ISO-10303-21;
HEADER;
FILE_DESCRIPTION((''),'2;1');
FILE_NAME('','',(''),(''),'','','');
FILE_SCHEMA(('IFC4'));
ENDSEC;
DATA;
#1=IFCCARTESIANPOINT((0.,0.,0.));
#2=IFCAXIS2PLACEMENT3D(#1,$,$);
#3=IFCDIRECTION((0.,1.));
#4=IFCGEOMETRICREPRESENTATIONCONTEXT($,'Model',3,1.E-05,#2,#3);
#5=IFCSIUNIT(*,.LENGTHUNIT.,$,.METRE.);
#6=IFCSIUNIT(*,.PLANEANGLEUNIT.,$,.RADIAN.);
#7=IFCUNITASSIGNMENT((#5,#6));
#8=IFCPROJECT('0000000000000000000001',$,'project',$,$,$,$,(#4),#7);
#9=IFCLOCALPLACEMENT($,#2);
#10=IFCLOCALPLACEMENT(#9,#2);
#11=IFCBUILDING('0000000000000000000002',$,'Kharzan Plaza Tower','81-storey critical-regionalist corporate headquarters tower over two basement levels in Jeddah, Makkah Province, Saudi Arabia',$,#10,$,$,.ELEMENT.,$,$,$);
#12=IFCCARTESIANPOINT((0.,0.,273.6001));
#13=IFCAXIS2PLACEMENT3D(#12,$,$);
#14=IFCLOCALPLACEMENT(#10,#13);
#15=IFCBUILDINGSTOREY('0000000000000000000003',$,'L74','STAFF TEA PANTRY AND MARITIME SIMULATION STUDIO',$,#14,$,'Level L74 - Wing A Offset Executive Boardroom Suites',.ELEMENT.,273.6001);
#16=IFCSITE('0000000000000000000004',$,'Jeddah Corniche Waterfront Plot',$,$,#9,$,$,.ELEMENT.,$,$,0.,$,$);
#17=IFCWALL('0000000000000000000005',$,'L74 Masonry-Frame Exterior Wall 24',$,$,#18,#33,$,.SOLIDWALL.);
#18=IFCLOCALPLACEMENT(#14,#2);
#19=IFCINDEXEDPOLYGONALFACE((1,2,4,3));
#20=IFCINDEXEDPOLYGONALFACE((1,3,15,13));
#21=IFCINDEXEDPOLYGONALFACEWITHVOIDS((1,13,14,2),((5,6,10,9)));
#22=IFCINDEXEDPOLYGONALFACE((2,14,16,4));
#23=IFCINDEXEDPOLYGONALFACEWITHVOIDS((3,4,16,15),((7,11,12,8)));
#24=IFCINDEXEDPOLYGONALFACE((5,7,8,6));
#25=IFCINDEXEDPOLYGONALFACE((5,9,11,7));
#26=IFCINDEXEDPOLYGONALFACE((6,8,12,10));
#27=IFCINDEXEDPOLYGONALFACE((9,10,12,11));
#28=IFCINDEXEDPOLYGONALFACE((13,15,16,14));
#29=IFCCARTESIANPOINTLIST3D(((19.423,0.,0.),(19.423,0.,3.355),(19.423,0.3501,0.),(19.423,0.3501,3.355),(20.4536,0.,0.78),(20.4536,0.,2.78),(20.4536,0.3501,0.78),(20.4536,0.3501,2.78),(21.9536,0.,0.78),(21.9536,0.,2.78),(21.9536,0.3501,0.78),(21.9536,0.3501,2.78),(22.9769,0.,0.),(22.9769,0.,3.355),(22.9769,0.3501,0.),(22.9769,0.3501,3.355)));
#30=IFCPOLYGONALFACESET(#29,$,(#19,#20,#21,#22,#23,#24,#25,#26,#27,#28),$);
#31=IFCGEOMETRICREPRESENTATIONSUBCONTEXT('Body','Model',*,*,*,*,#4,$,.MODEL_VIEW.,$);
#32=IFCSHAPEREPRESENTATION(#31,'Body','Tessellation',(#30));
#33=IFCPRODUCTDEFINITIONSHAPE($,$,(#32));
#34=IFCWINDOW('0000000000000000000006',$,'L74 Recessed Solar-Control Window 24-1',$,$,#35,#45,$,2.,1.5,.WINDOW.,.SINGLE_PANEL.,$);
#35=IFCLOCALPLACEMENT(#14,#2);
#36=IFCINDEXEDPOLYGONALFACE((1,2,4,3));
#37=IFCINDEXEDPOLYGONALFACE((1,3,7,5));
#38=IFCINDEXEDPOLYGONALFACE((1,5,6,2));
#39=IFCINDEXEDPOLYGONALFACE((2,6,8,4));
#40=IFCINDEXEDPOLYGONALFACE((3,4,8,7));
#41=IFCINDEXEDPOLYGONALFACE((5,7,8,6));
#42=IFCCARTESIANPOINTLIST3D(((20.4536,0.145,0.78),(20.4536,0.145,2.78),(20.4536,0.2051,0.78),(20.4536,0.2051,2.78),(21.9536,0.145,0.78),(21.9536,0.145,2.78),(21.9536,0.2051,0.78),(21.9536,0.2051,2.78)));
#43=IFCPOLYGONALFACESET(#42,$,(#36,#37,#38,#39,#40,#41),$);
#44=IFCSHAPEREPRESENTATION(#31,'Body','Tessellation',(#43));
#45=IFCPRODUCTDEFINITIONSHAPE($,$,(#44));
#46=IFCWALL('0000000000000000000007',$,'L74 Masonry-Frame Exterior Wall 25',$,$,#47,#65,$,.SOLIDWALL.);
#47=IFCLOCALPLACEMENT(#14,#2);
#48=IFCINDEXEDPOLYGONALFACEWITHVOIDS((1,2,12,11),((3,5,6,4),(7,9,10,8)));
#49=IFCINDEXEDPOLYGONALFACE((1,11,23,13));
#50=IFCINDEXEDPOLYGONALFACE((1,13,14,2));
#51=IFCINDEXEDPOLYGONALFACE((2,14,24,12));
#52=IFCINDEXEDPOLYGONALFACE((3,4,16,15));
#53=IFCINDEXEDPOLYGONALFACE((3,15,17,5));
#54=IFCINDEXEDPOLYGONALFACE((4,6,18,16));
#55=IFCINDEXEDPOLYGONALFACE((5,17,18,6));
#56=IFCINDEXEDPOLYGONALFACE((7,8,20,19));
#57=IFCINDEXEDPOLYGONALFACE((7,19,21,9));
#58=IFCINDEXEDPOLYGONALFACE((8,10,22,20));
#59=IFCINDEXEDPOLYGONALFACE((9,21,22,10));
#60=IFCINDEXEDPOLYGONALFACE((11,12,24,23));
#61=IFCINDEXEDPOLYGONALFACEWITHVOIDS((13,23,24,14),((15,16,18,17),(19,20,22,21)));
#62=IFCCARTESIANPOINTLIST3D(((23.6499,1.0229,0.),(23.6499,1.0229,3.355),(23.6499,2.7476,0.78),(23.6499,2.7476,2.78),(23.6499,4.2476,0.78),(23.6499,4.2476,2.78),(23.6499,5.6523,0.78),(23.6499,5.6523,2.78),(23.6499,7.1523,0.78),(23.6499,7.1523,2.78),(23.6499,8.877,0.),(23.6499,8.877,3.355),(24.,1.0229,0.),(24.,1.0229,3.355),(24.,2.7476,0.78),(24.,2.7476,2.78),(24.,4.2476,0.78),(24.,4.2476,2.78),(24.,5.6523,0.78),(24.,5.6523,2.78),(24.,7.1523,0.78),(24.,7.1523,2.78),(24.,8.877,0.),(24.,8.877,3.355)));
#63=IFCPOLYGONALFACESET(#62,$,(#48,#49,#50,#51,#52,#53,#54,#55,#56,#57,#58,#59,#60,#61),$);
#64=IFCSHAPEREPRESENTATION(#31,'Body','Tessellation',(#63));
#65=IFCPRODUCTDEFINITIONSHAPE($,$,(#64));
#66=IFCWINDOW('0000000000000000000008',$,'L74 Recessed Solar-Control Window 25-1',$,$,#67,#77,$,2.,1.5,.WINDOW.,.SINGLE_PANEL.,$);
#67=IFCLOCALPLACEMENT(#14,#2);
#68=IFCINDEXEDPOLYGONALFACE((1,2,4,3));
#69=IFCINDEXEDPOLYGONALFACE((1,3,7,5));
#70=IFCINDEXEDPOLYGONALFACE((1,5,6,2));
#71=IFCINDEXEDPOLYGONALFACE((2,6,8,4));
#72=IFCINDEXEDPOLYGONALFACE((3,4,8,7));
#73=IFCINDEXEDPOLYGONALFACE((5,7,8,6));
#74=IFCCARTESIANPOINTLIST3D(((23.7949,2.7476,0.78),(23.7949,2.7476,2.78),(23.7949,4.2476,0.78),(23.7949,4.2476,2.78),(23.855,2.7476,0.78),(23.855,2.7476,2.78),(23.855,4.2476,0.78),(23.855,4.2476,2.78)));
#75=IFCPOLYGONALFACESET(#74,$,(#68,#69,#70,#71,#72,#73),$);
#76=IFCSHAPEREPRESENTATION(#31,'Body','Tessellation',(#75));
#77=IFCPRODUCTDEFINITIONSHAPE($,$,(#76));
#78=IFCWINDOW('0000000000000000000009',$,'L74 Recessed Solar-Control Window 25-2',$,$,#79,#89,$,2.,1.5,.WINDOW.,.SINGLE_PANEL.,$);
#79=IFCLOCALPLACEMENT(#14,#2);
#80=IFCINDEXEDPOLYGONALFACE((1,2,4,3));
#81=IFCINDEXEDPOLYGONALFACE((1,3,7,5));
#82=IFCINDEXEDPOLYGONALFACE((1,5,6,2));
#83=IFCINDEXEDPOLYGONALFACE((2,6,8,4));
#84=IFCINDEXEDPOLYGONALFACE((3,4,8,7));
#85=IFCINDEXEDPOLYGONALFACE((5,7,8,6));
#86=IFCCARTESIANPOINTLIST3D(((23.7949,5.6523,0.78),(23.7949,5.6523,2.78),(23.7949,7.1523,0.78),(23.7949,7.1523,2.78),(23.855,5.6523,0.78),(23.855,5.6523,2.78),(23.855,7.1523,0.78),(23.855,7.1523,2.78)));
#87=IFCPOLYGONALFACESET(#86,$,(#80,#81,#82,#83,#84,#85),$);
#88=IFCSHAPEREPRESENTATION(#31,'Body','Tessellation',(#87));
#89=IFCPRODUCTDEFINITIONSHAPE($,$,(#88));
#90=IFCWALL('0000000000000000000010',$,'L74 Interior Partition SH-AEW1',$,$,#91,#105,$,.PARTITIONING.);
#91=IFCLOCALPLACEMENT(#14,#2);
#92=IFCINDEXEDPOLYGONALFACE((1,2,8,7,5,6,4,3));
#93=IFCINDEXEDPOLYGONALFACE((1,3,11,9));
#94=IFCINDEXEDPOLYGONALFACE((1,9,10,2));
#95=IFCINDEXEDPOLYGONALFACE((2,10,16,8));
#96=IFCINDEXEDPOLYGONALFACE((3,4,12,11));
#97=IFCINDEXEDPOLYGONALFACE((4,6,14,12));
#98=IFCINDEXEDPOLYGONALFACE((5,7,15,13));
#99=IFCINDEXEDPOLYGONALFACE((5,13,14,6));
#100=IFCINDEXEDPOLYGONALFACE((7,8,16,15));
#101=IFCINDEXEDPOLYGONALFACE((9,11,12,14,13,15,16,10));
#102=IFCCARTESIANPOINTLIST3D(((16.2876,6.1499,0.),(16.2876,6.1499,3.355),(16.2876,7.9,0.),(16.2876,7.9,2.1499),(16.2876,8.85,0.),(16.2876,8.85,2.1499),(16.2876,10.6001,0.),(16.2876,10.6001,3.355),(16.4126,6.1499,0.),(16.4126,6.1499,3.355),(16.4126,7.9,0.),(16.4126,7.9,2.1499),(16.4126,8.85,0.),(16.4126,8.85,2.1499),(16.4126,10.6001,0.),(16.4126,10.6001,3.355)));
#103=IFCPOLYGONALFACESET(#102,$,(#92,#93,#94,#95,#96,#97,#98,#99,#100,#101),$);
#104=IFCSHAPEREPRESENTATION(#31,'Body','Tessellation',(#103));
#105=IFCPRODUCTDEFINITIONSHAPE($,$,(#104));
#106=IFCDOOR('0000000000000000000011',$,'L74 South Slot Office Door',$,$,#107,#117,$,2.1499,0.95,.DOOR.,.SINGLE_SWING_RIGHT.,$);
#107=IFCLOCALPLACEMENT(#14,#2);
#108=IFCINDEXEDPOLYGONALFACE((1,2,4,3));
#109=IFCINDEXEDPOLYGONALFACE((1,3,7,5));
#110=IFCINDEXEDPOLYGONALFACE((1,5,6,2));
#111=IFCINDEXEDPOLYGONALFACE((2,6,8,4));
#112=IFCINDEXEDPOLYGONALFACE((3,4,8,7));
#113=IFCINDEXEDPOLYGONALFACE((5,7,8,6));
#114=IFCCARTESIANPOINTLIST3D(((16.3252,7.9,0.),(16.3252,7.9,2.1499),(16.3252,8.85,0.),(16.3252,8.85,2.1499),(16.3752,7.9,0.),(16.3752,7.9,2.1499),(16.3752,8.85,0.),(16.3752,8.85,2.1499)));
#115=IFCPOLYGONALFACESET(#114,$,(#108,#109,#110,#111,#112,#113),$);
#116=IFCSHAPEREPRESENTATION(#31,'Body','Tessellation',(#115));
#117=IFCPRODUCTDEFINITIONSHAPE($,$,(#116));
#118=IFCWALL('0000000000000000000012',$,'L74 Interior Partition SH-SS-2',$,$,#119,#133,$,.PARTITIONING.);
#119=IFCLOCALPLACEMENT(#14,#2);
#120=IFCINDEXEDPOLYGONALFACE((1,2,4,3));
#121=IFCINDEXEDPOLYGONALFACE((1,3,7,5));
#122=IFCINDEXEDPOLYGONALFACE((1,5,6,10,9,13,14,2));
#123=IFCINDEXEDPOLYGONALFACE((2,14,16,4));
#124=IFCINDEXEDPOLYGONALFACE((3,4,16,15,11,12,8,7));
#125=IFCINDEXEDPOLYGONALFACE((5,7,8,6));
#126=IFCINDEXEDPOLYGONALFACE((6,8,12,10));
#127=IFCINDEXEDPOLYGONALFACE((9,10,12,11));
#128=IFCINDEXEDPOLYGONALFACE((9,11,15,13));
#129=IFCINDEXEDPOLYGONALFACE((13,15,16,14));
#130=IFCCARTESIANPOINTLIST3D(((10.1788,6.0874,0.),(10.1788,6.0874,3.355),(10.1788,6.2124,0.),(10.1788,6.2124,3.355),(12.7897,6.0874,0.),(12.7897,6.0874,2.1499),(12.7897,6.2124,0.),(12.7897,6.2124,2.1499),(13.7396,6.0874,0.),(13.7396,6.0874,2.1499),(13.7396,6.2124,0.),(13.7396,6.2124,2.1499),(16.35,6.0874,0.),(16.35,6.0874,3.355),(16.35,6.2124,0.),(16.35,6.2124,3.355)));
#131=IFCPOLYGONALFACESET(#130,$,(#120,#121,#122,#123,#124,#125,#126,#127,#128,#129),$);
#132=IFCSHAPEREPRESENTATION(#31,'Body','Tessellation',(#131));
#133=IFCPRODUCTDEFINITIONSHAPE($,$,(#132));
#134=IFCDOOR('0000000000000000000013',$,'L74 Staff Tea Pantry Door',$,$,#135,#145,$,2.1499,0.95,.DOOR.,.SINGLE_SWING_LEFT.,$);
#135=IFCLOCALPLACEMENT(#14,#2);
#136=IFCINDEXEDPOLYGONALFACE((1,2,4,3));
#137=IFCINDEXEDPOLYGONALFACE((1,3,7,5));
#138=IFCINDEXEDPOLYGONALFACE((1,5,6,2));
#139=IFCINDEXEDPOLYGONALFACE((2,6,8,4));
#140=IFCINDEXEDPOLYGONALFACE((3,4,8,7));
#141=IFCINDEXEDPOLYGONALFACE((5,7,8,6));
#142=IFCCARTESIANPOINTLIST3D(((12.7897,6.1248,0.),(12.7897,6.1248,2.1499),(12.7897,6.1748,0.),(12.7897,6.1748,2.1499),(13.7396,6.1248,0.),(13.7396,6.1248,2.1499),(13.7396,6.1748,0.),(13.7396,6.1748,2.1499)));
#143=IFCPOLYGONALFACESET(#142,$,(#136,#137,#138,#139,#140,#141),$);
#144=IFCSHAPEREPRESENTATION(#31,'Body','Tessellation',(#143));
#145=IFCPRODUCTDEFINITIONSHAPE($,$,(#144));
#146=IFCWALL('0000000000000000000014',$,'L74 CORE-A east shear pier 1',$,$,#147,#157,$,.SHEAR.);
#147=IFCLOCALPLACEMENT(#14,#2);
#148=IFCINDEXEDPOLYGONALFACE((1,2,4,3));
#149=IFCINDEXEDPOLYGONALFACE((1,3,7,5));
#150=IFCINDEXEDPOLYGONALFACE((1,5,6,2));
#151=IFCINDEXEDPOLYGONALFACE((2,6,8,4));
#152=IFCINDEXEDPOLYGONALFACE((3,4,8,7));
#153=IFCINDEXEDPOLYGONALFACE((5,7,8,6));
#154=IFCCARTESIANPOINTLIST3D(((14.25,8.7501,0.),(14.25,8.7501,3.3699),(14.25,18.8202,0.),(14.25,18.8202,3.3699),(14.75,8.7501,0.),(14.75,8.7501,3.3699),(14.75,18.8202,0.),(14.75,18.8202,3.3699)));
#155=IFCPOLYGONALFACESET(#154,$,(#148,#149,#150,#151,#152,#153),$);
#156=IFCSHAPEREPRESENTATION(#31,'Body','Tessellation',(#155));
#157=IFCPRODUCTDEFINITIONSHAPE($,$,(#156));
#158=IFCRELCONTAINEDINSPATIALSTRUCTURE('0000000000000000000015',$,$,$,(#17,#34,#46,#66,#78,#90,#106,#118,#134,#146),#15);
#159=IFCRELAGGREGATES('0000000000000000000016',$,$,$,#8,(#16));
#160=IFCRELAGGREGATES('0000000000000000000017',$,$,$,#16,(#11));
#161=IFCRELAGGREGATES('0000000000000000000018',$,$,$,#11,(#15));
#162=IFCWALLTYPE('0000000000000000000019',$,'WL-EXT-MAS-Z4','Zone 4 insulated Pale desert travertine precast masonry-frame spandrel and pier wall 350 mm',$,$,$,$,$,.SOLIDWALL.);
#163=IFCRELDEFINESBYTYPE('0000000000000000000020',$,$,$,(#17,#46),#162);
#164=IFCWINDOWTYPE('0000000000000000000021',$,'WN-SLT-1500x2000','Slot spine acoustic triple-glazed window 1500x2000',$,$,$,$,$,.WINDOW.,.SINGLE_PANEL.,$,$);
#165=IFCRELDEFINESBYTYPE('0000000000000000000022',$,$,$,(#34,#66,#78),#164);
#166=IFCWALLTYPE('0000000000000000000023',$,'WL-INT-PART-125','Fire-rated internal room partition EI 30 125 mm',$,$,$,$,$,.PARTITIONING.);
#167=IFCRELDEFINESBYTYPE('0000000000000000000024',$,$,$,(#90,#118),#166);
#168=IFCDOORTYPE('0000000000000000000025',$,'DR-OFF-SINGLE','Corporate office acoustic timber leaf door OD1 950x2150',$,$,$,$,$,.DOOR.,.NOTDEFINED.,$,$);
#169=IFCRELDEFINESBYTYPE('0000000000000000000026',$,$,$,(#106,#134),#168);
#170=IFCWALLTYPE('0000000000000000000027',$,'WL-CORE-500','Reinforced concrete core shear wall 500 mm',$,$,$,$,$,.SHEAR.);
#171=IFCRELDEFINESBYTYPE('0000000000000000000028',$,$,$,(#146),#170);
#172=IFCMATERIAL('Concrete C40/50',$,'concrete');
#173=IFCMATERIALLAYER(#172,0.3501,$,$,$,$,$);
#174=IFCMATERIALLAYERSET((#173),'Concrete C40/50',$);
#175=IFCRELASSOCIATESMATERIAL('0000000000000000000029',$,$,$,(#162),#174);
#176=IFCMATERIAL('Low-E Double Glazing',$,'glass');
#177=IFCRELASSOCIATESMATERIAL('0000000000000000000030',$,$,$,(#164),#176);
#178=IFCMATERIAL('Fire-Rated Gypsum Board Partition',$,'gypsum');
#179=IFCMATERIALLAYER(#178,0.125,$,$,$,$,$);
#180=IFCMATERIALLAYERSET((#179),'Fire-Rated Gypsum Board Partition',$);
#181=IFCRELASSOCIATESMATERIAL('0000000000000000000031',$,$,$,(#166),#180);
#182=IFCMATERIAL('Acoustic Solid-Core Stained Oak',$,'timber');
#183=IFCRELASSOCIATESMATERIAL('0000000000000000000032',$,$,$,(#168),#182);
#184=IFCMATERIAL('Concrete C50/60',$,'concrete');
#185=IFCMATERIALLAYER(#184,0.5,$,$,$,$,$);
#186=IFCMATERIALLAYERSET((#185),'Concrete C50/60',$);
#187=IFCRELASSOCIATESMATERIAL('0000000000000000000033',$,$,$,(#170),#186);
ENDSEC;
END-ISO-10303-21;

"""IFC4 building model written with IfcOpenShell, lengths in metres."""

from ifc_helpers import new_model, si_unit, direction, frame, frame_2d, origin, place, context, subcontext, project, spatial, rectangle, extrude, source, transform, mapped, material, layer, layer_set, type_object, element, fill, save


model = new_model("IFC4")

# Units and contexts
model_context = context("Model", 3, precision=1e-05, world=origin(), true_north=direction((0.0, 1.0)))
body_context = subcontext(model_context, "Body", "Model", "MODEL_VIEW")
ifc_project = project(units=[si_unit("LENGTHUNIT", "METRE"), si_unit("PLANEANGLEUNIT", "RADIAN")], contexts=[model_context])

# Site, building, storey
site_placement = place(None, origin())
site = spatial("IfcSite", under=ifc_project, at=site_placement, Name="Jeddah Corniche Waterfront Plot", CompositionType="ELEMENT", RefElevation=0.0)
building_placement = place(site_placement, origin())
building = spatial("IfcBuilding", under=site, at=building_placement, Name="Kharzan Plaza Tower", Description="81-storey critical-regionalist corporate headquarters tower over two basement levels in Jeddah, Makkah Province, Saudi Arabia", CompositionType="ELEMENT")
storey_placement = place(building_placement, frame((0.0, 0.0, 273.6001)))
storey = spatial("IfcBuildingStorey", under=building, at=storey_placement, Name="L74", Description="STAFF TEA PANTRY AND MARITIME SIMULATION STUDIO", LongName="Level L74 - Wing A Offset Executive Boardroom Suites", CompositionType="ELEMENT", Elevation=273.6001)

# Shared definitions
ifc_material_1 = material(Name="Concrete C50/60", Category="concrete")

# Wall, opening, window
ifc_material_2 = material(Name="Concrete C40/50", Category="concrete")
ifc_layer_1 = layer(ifc_material_2, 0.3501)
ifc_layer_set_1 = layer_set([ifc_layer_1], Name="Concrete C40/50")
wall_type_1 = type_object("IfcWallType", Name="WL-EXT-MAS-Z4", Description="Zone 4 insulated Pale desert travertine precast masonry-frame spandrel and pier wall 350 mm", PredefinedType="SOLIDWALL", material=ifc_layer_set_1)
ifc_material_3 = material(Name="Low-E Double Glazing", Category="glass")
wall_1_placement = place(storey_placement, frame((19.4231, 0.175, 0.0), z_axis=(0.0, 0.0, 1.0), x_axis=(1.0, 0.0, 0.0)))
wall_1 = element("IfcWall", 1, at=wall_1_placement, inside=storey, type_object=wall_type_1, Name="L74 Masonry-Frame Exterior Wall 24", PredefinedType="SOLIDWALL", context=body_context, shape_type="SweptSolid", body=[
    extrude(rectangle(XDim=3.554, YDim=0.3501, at=frame_2d((1.7769, 0.0))), origin(), (0.0, 0.0, 1.0), 3.355),
])
opening_1_placement = place(wall_1_placement, frame((1.0305, 0.0, 0.78)))
opening_1 = element("IfcOpeningElement", 2, at=opening_1_placement, cuts=wall_1, PredefinedType="OPENING", context=body_context, shape_type="SweptSolid", body=[
    extrude(rectangle(XDim=1.5, YDim=2.0, at=frame_2d((0.75, 1.0))), frame((0.0, 0.1851, 0.0), z_axis=(0.0, -1.0, 0.0), x_axis=(1.0, 0.0, 0.0)), (0.0, 0.0, 1.0), 0.3701),
])
window_type_1 = type_object("IfcWindowType", Name="WN-SLT-1500x2000", Description="Slot spine acoustic triple-glazed window 1500x2000", PartitioningType="SINGLE_PANEL", PredefinedType="WINDOW", material=ifc_material_3)
shared_shape_1 = source(origin(), body_context, "Body", "SweptSolid", [
    extrude(rectangle(XDim=1.5, YDim=2.0, at=frame_2d((0.75, 1.0))), frame((0.0, 0.03, 0.0), z_axis=(0.0, -1.0, 0.0), x_axis=(1.0, 0.0, 0.0)), (0.0, 0.0, 1.0), 0.0601),
])
window_1_placement = place(opening_1_placement, origin())
window_1 = element("IfcWindow", 3, at=window_1_placement, inside=storey, type_object=window_type_1, Name="L74 Recessed Solar-Control Window 24-1", OverallHeight=2.0, OverallWidth=1.5, PartitioningType="SINGLE_PANEL", PredefinedType="WINDOW", context=body_context, shape_type="MappedRepresentation", body=[
    mapped(shared_shape_1, transform((0.0, 0.0, 0.0), x_axis=(1.0, 0.0, 0.0), y_axis=(0.0, 1.0, 0.0), z_axis=(0.0, 0.0, 1.0))),
])
fill(opening_1, window_1)

# Wall, openings, windows
wall_2_placement = place(storey_placement, frame((23.825, 1.0229, 0.0), z_axis=(0.0, 0.0, 1.0), x_axis=(0.0, 1.0, 0.0)))
wall_2 = element("IfcWall", 4, at=wall_2_placement, inside=storey, type_object=wall_type_1, Name="L74 Masonry-Frame Exterior Wall 25", PredefinedType="SOLIDWALL", context=body_context, shape_type="SweptSolid", body=[
    extrude(rectangle(XDim=7.854, YDim=0.3501, at=frame_2d((3.927, 0.0))), origin(), (0.0, 0.0, 1.0), 3.355),
])
opening_2_placement = place(wall_2_placement, frame((1.7246, 0.0, 0.78)))
opening_2 = element("IfcOpeningElement", 5, at=opening_2_placement, cuts=wall_2, PredefinedType="OPENING", context=body_context, shape_type="SweptSolid", body=[
    extrude(rectangle(XDim=1.5, YDim=2.0, at=frame_2d((0.75, 1.0))), frame((0.0, 0.1851, 0.0), z_axis=(0.0, -1.0, 0.0), x_axis=(1.0, 0.0, 0.0)), (0.0, 0.0, 1.0), 0.3701),
])
opening_3_placement = place(wall_2_placement, frame((4.6294, 0.0, 0.78)))
opening_3 = element("IfcOpeningElement", 6, at=opening_3_placement, cuts=wall_2, PredefinedType="OPENING", context=body_context, shape_type="SweptSolid", body=[
    extrude(rectangle(XDim=1.5, YDim=2.0, at=frame_2d((0.75, 1.0))), frame((0.0, 0.1851, 0.0), z_axis=(0.0, -1.0, 0.0), x_axis=(1.0, 0.0, 0.0)), (0.0, 0.0, 1.0), 0.3701),
])
window_2_placement = place(opening_2_placement, origin())
window_2 = element("IfcWindow", 7, at=window_2_placement, inside=storey, type_object=window_type_1, Name="L74 Recessed Solar-Control Window 25-1", OverallHeight=2.0, OverallWidth=1.5, PartitioningType="SINGLE_PANEL", PredefinedType="WINDOW", context=body_context, shape_type="MappedRepresentation", body=[
    mapped(shared_shape_1, transform((0.0, 0.0, 0.0), x_axis=(1.0, 0.0, 0.0), y_axis=(0.0, 1.0, 0.0), z_axis=(0.0, 0.0, 1.0))),
])
fill(opening_2, window_2)
window_3_placement = place(opening_3_placement, origin())
window_3 = element("IfcWindow", 8, at=window_3_placement, inside=storey, type_object=window_type_1, Name="L74 Recessed Solar-Control Window 25-2", OverallHeight=2.0, OverallWidth=1.5, PartitioningType="SINGLE_PANEL", PredefinedType="WINDOW", context=body_context, shape_type="MappedRepresentation", body=[
    mapped(shared_shape_1, transform((0.0, 0.0, 0.0), x_axis=(1.0, 0.0, 0.0), y_axis=(0.0, 1.0, 0.0), z_axis=(0.0, 0.0, 1.0))),
])
fill(opening_3, window_3)

# Walls, openings, doors
ifc_material_4 = material(Name="Fire-Rated Gypsum Board Partition", Category="gypsum")
ifc_layer_2 = layer(ifc_material_4, 0.125)
ifc_layer_set_2 = layer_set([ifc_layer_2], Name="Fire-Rated Gypsum Board Partition")
wall_type_2 = type_object("IfcWallType", Name="WL-INT-PART-125", Description="Fire-rated internal room partition EI 30 125 mm", PredefinedType="PARTITIONING", material=ifc_layer_set_2)
wall_3_placement = place(storey_placement, frame((16.3501, 6.1499, 0.0), z_axis=(0.0, 0.0, 1.0), x_axis=(0.0, 1.0, 0.0)))
wall_3 = element("IfcWall", 9, at=wall_3_placement, inside=storey, type_object=wall_type_2, Name="L74 Interior Partition SH-AEW1", PredefinedType="PARTITIONING", context=body_context, shape_type="SweptSolid", body=[
    extrude(rectangle(XDim=4.4502, YDim=0.125, at=frame_2d((2.2251, 0.0))), origin(), (0.0, 0.0, 1.0), 3.355),
])
opening_4_placement = place(wall_3_placement, frame((1.75, 0.0, 0.0)))
opening_4 = element("IfcOpeningElement", 10, at=opening_4_placement, cuts=wall_3, PredefinedType="OPENING", context=body_context, shape_type="SweptSolid", body=[
    extrude(rectangle(XDim=0.95, YDim=2.1499, at=frame_2d((0.4751, 1.075))), frame((0.0, 0.0725, 0.0), z_axis=(0.0, -1.0, 0.0), x_axis=(1.0, 0.0, 0.0)), (0.0, 0.0, 1.0), 0.145),
])
ifc_material_5 = material(Name="Acoustic Solid-Core Stained Oak", Category="timber")
door_type = type_object("IfcDoorType", Name="DR-OFF-SINGLE", Description="Corporate office acoustic timber leaf door OD1 950x2150", OperationType="NOTDEFINED", PredefinedType="DOOR", material=ifc_material_5)
shared_shape_2 = source(origin(), body_context, "Body", "SweptSolid", [
    extrude(rectangle(XDim=0.95, YDim=2.1499, at=frame_2d((0.4751, 1.075))), frame((0.0, 0.0249, 0.0), z_axis=(0.0, -1.0, 0.0), x_axis=(1.0, 0.0, 0.0)), (0.0, 0.0, 1.0), 0.05),
])
door_1_placement = place(opening_4_placement, origin())
door_1 = element("IfcDoor", 11, at=door_1_placement, inside=storey, type_object=door_type, Name="L74 South Slot Office Door", OperationType="SINGLE_SWING_RIGHT", OverallHeight=2.1499, OverallWidth=0.95, PredefinedType="DOOR", context=body_context, shape_type="MappedRepresentation", body=[
    mapped(shared_shape_2, transform((0.0, 0.0, 0.0), x_axis=(1.0, 0.0, 0.0), y_axis=(0.0, 1.0, 0.0), z_axis=(0.0, 0.0, 1.0))),
])
fill(opening_4, door_1)
wall_4_placement = place(storey_placement, frame((10.179, 6.1499, 0.0), z_axis=(0.0, 0.0, 1.0), x_axis=(1.0, 0.0, 0.0)))
wall_4 = element("IfcWall", 12, at=wall_4_placement, inside=storey, type_object=wall_type_2, Name="L74 Interior Partition SH-SS-2", PredefinedType="PARTITIONING", context=body_context, shape_type="SweptSolid", body=[
    extrude(rectangle(XDim=6.1711, YDim=0.125, at=frame_2d((3.0854, 0.0))), origin(), (0.0, 0.0, 1.0), 3.355),
])
opening_5_placement = place(wall_4_placement, frame((2.6106, 0.0, 0.0)))
opening_5 = element("IfcOpeningElement", 13, at=opening_5_placement, cuts=wall_4, PredefinedType="OPENING", context=body_context, shape_type="SweptSolid", body=[
    extrude(rectangle(XDim=0.95, YDim=2.1499, at=frame_2d((0.4751, 1.075))), frame((0.0, 0.0725, 0.0), z_axis=(0.0, -1.0, 0.0), x_axis=(1.0, 0.0, 0.0)), (0.0, 0.0, 1.0), 0.145),
])
door_2_placement = place(opening_5_placement, origin())
door_2 = element("IfcDoor", 14, at=door_2_placement, inside=storey, type_object=door_type, Name="L74 Staff Tea Pantry Door", OperationType="SINGLE_SWING_LEFT", OverallHeight=2.1499, OverallWidth=0.95, PredefinedType="DOOR", context=body_context, shape_type="MappedRepresentation", body=[
    mapped(shared_shape_2, transform((0.0, 0.0, 0.0), x_axis=(1.0, 0.0, 0.0), y_axis=(0.0, 1.0, 0.0), z_axis=(0.0, 0.0, 1.0))),
])
fill(opening_5, door_2)

# Wall
ifc_layer_3 = layer(ifc_material_1, 0.5)
ifc_layer_set_3 = layer_set([ifc_layer_3], Name="Concrete C50/60")
wall_type_3 = type_object("IfcWallType", Name="WL-CORE-500", Description="Reinforced concrete core shear wall 500 mm", PredefinedType="SHEAR", material=ifc_layer_set_3)
shared_shape_3 = source(origin(), body_context, "Body", "SweptSolid", [
    extrude(rectangle(XDim=10.0701, YDim=0.5, at=frame_2d((5.0352, 0.0))), origin(), (0.0, 0.0, 1.0), 3.3699),
])
wall_5_placement = place(storey_placement, frame((14.5, 8.75, 0.0), z_axis=(0.0, 0.0, 1.0), x_axis=(0.0, 1.0, 0.0)))
element("IfcWall", 15, at=wall_5_placement, inside=storey, type_object=wall_type_3, Name="L74 CORE-A east shear pier 1", PredefinedType="SHEAR", context=body_context, shape_type="MappedRepresentation", body=[
    mapped(shared_shape_3, transform((0.0, 0.0, 0.0), x_axis=(1.0, 0.0, 0.0), y_axis=(0.0, 1.0, 0.0), z_axis=(0.0, 0.0, 1.0))),
])

save(model, "model.ifc")
